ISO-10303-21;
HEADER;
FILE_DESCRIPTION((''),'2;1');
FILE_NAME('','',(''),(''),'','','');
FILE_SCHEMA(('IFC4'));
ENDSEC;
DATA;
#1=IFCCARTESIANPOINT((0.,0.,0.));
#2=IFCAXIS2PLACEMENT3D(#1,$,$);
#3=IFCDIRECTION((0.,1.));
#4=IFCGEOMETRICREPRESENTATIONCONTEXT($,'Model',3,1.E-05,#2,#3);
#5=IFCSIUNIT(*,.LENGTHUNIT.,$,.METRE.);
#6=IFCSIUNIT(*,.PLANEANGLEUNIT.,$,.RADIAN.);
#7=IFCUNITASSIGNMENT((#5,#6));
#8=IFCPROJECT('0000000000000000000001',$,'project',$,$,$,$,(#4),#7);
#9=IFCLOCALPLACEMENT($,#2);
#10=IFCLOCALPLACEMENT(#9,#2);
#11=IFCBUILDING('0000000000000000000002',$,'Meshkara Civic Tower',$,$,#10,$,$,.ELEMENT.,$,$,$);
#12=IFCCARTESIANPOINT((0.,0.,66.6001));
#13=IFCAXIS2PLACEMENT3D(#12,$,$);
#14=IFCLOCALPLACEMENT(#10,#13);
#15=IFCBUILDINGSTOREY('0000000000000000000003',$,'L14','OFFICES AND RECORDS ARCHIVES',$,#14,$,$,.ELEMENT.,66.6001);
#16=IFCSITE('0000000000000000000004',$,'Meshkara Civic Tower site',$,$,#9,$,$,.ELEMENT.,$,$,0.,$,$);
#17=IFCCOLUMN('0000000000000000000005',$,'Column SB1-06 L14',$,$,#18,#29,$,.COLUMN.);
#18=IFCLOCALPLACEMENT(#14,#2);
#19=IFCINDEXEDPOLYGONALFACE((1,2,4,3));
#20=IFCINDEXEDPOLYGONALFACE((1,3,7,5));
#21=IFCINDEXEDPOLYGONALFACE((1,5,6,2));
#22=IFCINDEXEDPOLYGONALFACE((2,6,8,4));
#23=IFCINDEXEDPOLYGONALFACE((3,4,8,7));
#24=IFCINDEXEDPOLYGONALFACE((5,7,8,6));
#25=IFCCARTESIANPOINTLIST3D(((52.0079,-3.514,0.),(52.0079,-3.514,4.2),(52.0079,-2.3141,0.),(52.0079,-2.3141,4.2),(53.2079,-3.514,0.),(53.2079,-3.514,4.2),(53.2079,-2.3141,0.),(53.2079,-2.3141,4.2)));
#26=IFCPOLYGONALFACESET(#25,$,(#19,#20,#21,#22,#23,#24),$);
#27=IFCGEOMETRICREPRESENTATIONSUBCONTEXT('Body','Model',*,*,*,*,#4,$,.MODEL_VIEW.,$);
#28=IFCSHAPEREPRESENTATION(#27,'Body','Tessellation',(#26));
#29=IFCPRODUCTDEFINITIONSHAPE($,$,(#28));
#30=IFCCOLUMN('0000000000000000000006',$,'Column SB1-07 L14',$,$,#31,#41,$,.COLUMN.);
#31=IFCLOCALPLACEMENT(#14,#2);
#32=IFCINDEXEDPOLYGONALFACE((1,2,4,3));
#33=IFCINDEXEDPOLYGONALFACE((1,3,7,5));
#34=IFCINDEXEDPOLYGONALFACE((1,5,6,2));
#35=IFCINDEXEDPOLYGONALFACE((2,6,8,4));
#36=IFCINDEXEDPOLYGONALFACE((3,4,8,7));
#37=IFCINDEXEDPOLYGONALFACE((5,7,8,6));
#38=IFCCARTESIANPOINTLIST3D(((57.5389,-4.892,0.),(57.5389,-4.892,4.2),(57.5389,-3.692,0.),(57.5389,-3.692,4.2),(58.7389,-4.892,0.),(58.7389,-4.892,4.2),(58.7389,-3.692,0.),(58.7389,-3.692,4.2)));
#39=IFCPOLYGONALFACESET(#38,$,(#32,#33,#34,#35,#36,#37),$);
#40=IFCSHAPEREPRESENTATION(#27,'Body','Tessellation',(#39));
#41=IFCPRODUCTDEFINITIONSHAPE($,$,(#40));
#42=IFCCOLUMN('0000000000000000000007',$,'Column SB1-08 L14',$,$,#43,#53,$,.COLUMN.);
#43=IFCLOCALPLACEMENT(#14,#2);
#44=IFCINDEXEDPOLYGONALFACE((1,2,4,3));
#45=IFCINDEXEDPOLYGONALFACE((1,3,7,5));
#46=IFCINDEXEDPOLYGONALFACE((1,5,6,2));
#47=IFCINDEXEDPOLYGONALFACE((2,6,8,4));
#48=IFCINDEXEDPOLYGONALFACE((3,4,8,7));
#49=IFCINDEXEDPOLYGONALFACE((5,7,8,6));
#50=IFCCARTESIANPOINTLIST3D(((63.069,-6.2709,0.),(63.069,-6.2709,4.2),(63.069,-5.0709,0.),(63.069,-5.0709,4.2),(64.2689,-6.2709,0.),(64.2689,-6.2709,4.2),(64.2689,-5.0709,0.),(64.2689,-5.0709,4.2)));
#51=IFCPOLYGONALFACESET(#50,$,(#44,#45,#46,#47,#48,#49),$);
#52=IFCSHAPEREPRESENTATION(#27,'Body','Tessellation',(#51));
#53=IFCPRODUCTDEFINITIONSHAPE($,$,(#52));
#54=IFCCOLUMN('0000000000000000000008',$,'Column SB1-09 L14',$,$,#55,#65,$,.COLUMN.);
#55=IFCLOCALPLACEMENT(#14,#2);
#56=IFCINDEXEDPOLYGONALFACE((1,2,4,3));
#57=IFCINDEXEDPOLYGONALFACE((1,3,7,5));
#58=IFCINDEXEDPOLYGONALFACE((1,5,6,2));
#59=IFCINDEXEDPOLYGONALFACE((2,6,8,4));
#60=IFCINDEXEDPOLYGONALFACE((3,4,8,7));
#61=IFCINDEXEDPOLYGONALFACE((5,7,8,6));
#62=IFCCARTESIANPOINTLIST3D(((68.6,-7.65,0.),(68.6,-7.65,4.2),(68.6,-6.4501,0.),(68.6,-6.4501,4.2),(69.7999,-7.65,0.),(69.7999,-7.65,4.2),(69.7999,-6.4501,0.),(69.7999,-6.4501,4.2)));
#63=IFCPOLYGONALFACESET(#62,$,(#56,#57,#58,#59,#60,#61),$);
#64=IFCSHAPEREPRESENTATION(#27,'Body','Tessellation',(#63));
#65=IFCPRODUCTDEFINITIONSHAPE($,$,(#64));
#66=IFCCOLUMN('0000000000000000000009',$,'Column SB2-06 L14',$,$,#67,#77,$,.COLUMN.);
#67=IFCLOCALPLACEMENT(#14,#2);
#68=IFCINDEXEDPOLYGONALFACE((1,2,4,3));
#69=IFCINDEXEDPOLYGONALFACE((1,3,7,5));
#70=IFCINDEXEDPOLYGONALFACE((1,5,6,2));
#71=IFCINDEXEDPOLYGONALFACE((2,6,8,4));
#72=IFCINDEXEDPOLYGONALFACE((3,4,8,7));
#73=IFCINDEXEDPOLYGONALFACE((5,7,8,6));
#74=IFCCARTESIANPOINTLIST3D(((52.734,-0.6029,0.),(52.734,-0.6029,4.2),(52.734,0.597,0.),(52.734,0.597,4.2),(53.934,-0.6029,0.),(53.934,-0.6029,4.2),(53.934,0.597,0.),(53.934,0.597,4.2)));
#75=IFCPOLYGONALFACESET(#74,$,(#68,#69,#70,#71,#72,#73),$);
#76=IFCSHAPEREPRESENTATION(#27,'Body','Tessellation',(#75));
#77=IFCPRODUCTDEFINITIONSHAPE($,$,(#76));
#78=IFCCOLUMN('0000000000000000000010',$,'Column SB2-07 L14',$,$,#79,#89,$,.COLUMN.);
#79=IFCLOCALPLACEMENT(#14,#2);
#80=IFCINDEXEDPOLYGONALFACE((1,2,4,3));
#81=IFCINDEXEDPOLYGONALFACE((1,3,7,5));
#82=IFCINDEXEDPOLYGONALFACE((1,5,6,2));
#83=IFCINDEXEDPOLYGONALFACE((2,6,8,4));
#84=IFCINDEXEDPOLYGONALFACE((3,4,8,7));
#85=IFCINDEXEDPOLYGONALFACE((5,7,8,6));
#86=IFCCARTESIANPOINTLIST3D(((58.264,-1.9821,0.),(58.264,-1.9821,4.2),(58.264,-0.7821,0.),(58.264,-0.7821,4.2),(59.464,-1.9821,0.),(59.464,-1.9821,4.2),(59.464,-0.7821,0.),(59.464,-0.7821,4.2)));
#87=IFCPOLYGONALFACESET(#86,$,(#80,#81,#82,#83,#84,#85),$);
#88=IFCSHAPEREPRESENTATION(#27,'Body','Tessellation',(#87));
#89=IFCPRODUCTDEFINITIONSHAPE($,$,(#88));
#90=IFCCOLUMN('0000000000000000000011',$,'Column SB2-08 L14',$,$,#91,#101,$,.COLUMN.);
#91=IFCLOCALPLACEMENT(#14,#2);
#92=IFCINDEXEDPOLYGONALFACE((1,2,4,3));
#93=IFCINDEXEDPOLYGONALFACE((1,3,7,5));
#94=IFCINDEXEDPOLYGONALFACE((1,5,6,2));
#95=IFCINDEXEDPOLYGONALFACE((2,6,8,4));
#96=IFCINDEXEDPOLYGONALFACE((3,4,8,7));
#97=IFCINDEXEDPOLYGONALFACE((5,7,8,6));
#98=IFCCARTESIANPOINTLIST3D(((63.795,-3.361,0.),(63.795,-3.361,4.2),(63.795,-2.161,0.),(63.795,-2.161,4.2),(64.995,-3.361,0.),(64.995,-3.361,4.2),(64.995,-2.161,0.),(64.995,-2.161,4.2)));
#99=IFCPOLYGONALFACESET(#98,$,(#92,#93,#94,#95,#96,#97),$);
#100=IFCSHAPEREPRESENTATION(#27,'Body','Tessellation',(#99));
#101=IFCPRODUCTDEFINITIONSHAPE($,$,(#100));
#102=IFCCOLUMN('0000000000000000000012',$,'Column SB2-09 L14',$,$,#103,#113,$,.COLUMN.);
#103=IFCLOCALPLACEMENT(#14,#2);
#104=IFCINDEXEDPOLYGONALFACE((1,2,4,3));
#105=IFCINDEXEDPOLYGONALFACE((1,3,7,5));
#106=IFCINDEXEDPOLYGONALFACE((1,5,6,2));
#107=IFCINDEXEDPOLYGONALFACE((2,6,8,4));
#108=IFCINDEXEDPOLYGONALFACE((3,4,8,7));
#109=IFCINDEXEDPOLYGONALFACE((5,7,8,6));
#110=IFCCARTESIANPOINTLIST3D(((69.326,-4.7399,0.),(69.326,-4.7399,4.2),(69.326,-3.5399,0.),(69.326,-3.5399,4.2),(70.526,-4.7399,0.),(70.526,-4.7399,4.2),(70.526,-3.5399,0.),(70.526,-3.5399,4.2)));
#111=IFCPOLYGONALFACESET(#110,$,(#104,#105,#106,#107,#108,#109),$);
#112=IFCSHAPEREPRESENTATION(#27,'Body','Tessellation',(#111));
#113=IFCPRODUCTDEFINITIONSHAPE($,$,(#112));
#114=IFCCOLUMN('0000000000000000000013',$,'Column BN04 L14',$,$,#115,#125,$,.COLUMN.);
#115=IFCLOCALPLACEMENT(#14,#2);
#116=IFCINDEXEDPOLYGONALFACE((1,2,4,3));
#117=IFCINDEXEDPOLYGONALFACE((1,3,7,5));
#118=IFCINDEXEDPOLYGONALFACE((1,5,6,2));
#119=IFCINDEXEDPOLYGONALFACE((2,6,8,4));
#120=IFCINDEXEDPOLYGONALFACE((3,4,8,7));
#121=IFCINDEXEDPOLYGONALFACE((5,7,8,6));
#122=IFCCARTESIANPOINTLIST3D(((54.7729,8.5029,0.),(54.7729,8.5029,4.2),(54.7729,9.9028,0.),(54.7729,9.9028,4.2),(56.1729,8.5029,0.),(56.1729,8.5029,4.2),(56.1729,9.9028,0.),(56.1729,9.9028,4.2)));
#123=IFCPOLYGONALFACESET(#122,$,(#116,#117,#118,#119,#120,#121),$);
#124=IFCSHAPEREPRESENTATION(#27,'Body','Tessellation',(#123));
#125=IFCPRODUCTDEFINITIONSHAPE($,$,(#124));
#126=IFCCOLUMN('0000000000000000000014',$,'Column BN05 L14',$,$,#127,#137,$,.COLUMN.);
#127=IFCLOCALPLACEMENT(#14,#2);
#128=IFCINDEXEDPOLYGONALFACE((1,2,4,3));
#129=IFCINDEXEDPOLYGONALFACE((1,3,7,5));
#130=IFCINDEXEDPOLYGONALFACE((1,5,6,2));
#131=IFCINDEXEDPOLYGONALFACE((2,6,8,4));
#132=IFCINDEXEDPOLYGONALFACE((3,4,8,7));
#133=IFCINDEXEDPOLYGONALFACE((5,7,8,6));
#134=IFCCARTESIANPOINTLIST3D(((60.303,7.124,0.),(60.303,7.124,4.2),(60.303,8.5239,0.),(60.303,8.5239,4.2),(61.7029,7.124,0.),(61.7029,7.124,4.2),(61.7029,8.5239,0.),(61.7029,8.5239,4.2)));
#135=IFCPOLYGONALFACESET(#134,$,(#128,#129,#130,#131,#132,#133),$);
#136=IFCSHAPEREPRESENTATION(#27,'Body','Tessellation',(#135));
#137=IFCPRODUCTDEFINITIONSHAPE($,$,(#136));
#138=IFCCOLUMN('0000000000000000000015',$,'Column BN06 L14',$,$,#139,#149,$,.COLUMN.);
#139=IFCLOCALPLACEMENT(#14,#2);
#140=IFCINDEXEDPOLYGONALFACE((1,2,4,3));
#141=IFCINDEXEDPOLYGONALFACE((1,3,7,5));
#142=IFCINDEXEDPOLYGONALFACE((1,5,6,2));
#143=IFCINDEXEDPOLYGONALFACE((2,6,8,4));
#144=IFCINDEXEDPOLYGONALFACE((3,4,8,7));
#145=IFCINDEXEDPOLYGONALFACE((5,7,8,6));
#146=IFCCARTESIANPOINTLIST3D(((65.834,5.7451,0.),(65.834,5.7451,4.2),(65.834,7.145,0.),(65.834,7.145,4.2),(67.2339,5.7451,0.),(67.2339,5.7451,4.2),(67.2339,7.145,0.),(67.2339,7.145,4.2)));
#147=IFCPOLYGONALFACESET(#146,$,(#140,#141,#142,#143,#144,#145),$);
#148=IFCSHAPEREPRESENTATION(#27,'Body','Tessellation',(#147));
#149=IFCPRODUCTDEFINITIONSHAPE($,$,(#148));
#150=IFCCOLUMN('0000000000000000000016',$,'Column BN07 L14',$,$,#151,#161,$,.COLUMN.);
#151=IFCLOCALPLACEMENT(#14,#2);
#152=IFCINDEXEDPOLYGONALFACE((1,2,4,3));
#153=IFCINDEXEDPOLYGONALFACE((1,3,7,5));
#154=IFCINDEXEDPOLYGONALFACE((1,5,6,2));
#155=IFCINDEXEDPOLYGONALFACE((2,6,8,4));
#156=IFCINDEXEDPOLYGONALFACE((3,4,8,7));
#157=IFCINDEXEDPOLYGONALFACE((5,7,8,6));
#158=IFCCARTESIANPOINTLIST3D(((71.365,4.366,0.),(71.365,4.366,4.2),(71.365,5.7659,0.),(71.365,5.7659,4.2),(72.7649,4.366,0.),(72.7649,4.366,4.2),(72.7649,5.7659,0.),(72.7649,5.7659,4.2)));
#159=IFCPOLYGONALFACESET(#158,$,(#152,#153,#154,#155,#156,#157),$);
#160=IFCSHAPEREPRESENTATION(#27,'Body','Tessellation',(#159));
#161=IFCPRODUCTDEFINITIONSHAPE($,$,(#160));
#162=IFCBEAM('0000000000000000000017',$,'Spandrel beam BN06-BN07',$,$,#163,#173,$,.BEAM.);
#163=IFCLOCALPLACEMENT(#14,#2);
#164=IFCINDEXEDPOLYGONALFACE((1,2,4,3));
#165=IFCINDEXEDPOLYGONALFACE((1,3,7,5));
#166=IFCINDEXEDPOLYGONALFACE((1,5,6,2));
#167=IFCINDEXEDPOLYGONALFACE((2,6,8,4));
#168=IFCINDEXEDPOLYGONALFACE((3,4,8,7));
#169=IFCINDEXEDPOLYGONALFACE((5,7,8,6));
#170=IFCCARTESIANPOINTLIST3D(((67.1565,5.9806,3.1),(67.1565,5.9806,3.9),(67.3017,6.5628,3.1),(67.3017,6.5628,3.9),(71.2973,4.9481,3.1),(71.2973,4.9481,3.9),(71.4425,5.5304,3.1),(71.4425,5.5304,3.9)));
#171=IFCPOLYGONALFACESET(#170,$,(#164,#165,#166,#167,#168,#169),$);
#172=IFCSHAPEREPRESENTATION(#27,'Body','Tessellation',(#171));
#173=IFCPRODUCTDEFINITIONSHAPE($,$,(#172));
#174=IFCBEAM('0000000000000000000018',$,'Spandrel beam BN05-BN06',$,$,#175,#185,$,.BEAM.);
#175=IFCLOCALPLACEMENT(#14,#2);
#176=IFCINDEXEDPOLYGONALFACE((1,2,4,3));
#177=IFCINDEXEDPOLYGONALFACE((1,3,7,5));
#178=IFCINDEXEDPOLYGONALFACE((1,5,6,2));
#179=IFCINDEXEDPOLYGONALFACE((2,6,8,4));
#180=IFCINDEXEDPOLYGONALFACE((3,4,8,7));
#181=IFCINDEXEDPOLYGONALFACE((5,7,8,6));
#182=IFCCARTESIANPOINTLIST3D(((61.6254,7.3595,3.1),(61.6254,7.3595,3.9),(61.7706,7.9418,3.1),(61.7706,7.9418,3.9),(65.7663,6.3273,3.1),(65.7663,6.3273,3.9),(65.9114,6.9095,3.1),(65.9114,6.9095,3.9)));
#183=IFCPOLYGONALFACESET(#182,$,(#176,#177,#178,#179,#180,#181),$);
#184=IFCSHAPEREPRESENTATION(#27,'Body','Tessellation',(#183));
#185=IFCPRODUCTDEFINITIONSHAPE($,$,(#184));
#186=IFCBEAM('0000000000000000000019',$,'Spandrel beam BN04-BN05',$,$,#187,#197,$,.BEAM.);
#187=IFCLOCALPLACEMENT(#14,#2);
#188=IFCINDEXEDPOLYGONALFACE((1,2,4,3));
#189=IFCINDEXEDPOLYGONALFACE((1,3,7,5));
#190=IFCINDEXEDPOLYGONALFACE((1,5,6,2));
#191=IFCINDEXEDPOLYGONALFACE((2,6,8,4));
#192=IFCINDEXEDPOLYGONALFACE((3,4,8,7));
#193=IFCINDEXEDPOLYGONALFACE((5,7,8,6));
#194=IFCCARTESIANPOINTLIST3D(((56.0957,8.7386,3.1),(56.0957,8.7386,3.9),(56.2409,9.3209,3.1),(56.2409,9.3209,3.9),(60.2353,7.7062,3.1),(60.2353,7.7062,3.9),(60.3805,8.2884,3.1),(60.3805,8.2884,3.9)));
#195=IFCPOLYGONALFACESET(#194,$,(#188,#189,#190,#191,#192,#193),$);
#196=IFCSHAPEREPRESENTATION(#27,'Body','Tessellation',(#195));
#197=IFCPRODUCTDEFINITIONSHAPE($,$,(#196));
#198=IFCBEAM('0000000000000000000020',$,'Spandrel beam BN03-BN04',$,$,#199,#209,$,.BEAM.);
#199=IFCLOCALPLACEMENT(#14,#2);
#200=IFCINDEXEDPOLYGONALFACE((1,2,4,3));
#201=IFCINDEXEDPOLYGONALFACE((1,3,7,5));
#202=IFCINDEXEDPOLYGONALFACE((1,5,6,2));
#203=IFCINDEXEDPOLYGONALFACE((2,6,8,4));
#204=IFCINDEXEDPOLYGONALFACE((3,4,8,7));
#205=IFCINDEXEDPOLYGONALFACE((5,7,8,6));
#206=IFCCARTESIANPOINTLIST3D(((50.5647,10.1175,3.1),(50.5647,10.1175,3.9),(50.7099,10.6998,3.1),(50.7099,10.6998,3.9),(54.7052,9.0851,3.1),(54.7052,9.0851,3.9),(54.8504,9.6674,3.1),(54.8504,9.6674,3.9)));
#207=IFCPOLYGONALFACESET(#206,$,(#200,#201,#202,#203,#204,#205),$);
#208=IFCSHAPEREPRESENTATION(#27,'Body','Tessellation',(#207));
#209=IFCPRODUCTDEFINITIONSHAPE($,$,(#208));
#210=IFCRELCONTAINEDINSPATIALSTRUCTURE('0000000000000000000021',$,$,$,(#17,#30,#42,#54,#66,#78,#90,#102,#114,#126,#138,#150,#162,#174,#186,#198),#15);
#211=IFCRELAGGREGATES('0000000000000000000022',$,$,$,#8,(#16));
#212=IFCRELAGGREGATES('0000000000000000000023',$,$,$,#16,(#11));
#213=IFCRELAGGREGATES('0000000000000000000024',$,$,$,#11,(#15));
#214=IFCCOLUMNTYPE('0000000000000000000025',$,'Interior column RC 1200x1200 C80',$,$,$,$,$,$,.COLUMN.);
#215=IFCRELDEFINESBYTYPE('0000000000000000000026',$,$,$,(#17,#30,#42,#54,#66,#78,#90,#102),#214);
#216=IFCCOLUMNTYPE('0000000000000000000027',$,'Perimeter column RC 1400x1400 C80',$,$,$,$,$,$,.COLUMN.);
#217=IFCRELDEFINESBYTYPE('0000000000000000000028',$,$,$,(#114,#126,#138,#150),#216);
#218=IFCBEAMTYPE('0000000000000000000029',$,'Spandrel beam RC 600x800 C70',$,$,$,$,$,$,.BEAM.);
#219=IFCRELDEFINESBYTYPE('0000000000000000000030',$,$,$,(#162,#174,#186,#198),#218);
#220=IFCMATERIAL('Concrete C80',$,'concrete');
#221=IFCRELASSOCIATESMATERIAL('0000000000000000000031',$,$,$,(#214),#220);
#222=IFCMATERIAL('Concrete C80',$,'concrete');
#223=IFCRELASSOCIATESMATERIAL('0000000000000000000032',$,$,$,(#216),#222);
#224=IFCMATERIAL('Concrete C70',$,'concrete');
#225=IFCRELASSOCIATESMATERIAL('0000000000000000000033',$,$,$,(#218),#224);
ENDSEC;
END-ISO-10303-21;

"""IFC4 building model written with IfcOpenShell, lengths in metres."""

from ifc_helpers import new_model, si_unit, direction, frame, origin, origin_2d, place, context, subcontext, project, spatial, rectangle, extrude, material, material_profile, profile_set, type_object, element, save


model = new_model("IFC4")

# Units and contexts
model_context = context("Model", 3, precision=1e-05, world=origin(), true_north=direction((0.0, 1.0)))
body_context = subcontext(model_context, "Body", "Model", "MODEL_VIEW")
ifc_project = project(units=[si_unit("LENGTHUNIT", "METRE"), si_unit("PLANEANGLEUNIT", "RADIAN")], contexts=[model_context])

# Site, building, storey
site_placement = place(None, origin())
site = spatial("IfcSite", under=ifc_project, at=site_placement, Name="Meshkara Civic Tower site", CompositionType="ELEMENT", RefElevation=0.0)
building_placement = place(site_placement, origin())
building = spatial("IfcBuilding", under=site, at=building_placement, Name="Meshkara Civic Tower", CompositionType="ELEMENT")
storey_placement = place(building_placement, frame((0.0, 0.0, 66.6001)))
storey = spatial("IfcBuildingStorey", under=building, at=storey_placement, Name="L14", Description="OFFICES AND RECORDS ARCHIVES", CompositionType="ELEMENT", Elevation=66.6001)

# Columns
ifc_material_1 = material(Name="Concrete C80", Category="concrete")
ifc_material_profile_1 = material_profile(ifc_material_1, rectangle(XDim=1.2, YDim=1.2, at=origin_2d()))
ifc_profile_set_1 = profile_set([ifc_material_profile_1], Name="Concrete C80")
column_type_1 = type_object("IfcColumnType", Name="Interior column RC 1200x1200 C80", PredefinedType="COLUMN", material=ifc_profile_set_1)
for number, where, z_axis, x_axis, name in (
    (1, (52.6079, -2.9141, 0.0), (0.0, 0.0, 1.0), (1.0, 0.0, 0.0), "Column SB1-06 L14"),
    (2, (58.1389, -4.292, 0.0), (0.0, 0.0, 1.0), (1.0, 0.0, 0.0), "Column SB1-07 L14"),
    (3, (63.6689, -5.6709, 0.0), (0.0, 0.0, 1.0), (1.0, 0.0, 0.0), "Column SB1-08 L14"),
    (4, (69.2, -7.05, 0.0), (0.0, 0.0, 1.0), (1.0, 0.0, 0.0), "Column SB1-09 L14"),
    (5, (53.334, -0.0029, 0.0), (0.0, 0.0, 1.0), (1.0, 0.0, 0.0), "Column SB2-06 L14"),
    (6, (58.864, -1.3821, 0.0), (0.0, 0.0, 1.0), (1.0, 0.0, 0.0), "Column SB2-07 L14"),
    (7, (64.395, -2.761, 0.0), (0.0, 0.0, 1.0), (1.0, 0.0, 0.0), "Column SB2-08 L14"),
    (8, (69.926, -4.1399, 0.0), (0.0, 0.0, 1.0), (1.0, 0.0, 0.0), "Column SB2-09 L14"),
):
    element("IfcColumn", number, at=place(storey_placement, frame(where, z_axis=z_axis, x_axis=x_axis)), inside=storey, type_object=column_type_1, Name=name, PredefinedType="COLUMN", context=body_context, shape_type="SweptSolid", body=[
        extrude(rectangle(XDim=1.2, YDim=1.2, at=origin_2d()), origin(), (0.0, 0.0, 1.0), 4.2),
    ])
ifc_material_2 = material(Name="Concrete C80", Category="concrete")
ifc_material_profile_2 = material_profile(ifc_material_2, rectangle(XDim=1.3999, YDim=1.3999, at=origin_2d()))
ifc_profile_set_2 = profile_set([ifc_material_profile_2], Name="Concrete C80")
column_type_2 = type_object("IfcColumnType", Name="Perimeter column RC 1400x1400 C80", PredefinedType="COLUMN", material=ifc_profile_set_2)
for number, where, z_axis, x_axis, name in (
    (9, (55.4729, 9.2029, 0.0), (0.0, 0.0, 1.0), (1.0, 0.0, 0.0), "Column BN04 L14"),
    (10, (61.0029, 7.824, 0.0), (0.0, 0.0, 1.0), (1.0, 0.0, 0.0), "Column BN05 L14"),
    (11, (66.5339, 6.4451, 0.0), (0.0, 0.0, 1.0), (1.0, 0.0, 0.0), "Column BN06 L14"),
    (12, (72.0649, 5.0659, 0.0), (0.0, 0.0, 1.0), (1.0, 0.0, 0.0), "Column BN07 L14"),
):
    element("IfcColumn", number, at=place(storey_placement, frame(where, z_axis=z_axis, x_axis=x_axis)), inside=storey, type_object=column_type_2, Name=name, PredefinedType="COLUMN", context=body_context, shape_type="SweptSolid", body=[
        extrude(rectangle(XDim=1.3999, YDim=1.3999, at=origin_2d()), origin(), (0.0, 0.0, 1.0), 4.2),
    ])

# Beams
ifc_material_3 = material(Name="Concrete C70", Category="concrete")
ifc_material_profile_3 = material_profile(ifc_material_3, rectangle(XDim=0.6001, YDim=0.8, at=origin_2d()))
ifc_profile_set_3 = profile_set([ifc_material_profile_3], Name="Concrete C70")
beam_type = type_object("IfcBeamType", Name="Spandrel beam RC 600x800 C70", PredefinedType="BEAM", material=ifc_profile_set_3)
for number, where, z_axis, x_axis, name in (
    (13, (71.3699, 5.2393, 3.5), (-0.970294, 0.24193, 0.0), (-0.24193, -0.970294, 0.0), "Spandrel beam BN06-BN07"),
    (14, (65.8389, 6.6184, 3.5), (-0.970307, 0.241876, 0.0), (-0.241876, -0.970307, 0.0), "Spandrel beam BN05-BN06"),
):
    element("IfcBeam", number, at=place(storey_placement, frame(where, z_axis=z_axis, x_axis=x_axis)), inside=storey, type_object=beam_type, Name=name, PredefinedType="BEAM", context=body_context, shape_type="SweptSolid", body=[
        extrude(rectangle(XDim=0.6001, YDim=0.8, at=origin_2d()), origin(), (0.0, 0.0, 1.0), 4.2676),
    ])
beam_1_placement = place(storey_placement, frame((60.3079, 7.9973, 3.5), z_axis=(-0.970277, 0.241997, 0.0), x_axis=(-0.241997, -0.970277, 0.0)))
element("IfcBeam", 15, at=beam_1_placement, inside=storey, type_object=beam_type, Name="Spandrel beam BN04-BN05", PredefinedType="BEAM", context=body_context, shape_type="SweptSolid", body=[
    extrude(rectangle(XDim=0.6001, YDim=0.8, at=origin_2d()), origin(), (0.0, 0.0, 1.0), 4.2664),
])
beam_2_placement = place(storey_placement, frame((54.7778, 9.3762, 3.5), z_axis=(-0.97029, 0.241943, 0.0), x_axis=(-0.241943, -0.97029, 0.0)))
element("IfcBeam", 16, at=beam_2_placement, inside=storey, type_object=beam_type, Name="Spandrel beam BN03-BN04", PredefinedType="BEAM", context=body_context, shape_type="SweptSolid", body=[
    extrude(rectangle(XDim=0.6001, YDim=0.8, at=origin_2d()), origin(), (0.0, 0.0, 1.0), 4.2673),
])

save(model, "model.ifc")
